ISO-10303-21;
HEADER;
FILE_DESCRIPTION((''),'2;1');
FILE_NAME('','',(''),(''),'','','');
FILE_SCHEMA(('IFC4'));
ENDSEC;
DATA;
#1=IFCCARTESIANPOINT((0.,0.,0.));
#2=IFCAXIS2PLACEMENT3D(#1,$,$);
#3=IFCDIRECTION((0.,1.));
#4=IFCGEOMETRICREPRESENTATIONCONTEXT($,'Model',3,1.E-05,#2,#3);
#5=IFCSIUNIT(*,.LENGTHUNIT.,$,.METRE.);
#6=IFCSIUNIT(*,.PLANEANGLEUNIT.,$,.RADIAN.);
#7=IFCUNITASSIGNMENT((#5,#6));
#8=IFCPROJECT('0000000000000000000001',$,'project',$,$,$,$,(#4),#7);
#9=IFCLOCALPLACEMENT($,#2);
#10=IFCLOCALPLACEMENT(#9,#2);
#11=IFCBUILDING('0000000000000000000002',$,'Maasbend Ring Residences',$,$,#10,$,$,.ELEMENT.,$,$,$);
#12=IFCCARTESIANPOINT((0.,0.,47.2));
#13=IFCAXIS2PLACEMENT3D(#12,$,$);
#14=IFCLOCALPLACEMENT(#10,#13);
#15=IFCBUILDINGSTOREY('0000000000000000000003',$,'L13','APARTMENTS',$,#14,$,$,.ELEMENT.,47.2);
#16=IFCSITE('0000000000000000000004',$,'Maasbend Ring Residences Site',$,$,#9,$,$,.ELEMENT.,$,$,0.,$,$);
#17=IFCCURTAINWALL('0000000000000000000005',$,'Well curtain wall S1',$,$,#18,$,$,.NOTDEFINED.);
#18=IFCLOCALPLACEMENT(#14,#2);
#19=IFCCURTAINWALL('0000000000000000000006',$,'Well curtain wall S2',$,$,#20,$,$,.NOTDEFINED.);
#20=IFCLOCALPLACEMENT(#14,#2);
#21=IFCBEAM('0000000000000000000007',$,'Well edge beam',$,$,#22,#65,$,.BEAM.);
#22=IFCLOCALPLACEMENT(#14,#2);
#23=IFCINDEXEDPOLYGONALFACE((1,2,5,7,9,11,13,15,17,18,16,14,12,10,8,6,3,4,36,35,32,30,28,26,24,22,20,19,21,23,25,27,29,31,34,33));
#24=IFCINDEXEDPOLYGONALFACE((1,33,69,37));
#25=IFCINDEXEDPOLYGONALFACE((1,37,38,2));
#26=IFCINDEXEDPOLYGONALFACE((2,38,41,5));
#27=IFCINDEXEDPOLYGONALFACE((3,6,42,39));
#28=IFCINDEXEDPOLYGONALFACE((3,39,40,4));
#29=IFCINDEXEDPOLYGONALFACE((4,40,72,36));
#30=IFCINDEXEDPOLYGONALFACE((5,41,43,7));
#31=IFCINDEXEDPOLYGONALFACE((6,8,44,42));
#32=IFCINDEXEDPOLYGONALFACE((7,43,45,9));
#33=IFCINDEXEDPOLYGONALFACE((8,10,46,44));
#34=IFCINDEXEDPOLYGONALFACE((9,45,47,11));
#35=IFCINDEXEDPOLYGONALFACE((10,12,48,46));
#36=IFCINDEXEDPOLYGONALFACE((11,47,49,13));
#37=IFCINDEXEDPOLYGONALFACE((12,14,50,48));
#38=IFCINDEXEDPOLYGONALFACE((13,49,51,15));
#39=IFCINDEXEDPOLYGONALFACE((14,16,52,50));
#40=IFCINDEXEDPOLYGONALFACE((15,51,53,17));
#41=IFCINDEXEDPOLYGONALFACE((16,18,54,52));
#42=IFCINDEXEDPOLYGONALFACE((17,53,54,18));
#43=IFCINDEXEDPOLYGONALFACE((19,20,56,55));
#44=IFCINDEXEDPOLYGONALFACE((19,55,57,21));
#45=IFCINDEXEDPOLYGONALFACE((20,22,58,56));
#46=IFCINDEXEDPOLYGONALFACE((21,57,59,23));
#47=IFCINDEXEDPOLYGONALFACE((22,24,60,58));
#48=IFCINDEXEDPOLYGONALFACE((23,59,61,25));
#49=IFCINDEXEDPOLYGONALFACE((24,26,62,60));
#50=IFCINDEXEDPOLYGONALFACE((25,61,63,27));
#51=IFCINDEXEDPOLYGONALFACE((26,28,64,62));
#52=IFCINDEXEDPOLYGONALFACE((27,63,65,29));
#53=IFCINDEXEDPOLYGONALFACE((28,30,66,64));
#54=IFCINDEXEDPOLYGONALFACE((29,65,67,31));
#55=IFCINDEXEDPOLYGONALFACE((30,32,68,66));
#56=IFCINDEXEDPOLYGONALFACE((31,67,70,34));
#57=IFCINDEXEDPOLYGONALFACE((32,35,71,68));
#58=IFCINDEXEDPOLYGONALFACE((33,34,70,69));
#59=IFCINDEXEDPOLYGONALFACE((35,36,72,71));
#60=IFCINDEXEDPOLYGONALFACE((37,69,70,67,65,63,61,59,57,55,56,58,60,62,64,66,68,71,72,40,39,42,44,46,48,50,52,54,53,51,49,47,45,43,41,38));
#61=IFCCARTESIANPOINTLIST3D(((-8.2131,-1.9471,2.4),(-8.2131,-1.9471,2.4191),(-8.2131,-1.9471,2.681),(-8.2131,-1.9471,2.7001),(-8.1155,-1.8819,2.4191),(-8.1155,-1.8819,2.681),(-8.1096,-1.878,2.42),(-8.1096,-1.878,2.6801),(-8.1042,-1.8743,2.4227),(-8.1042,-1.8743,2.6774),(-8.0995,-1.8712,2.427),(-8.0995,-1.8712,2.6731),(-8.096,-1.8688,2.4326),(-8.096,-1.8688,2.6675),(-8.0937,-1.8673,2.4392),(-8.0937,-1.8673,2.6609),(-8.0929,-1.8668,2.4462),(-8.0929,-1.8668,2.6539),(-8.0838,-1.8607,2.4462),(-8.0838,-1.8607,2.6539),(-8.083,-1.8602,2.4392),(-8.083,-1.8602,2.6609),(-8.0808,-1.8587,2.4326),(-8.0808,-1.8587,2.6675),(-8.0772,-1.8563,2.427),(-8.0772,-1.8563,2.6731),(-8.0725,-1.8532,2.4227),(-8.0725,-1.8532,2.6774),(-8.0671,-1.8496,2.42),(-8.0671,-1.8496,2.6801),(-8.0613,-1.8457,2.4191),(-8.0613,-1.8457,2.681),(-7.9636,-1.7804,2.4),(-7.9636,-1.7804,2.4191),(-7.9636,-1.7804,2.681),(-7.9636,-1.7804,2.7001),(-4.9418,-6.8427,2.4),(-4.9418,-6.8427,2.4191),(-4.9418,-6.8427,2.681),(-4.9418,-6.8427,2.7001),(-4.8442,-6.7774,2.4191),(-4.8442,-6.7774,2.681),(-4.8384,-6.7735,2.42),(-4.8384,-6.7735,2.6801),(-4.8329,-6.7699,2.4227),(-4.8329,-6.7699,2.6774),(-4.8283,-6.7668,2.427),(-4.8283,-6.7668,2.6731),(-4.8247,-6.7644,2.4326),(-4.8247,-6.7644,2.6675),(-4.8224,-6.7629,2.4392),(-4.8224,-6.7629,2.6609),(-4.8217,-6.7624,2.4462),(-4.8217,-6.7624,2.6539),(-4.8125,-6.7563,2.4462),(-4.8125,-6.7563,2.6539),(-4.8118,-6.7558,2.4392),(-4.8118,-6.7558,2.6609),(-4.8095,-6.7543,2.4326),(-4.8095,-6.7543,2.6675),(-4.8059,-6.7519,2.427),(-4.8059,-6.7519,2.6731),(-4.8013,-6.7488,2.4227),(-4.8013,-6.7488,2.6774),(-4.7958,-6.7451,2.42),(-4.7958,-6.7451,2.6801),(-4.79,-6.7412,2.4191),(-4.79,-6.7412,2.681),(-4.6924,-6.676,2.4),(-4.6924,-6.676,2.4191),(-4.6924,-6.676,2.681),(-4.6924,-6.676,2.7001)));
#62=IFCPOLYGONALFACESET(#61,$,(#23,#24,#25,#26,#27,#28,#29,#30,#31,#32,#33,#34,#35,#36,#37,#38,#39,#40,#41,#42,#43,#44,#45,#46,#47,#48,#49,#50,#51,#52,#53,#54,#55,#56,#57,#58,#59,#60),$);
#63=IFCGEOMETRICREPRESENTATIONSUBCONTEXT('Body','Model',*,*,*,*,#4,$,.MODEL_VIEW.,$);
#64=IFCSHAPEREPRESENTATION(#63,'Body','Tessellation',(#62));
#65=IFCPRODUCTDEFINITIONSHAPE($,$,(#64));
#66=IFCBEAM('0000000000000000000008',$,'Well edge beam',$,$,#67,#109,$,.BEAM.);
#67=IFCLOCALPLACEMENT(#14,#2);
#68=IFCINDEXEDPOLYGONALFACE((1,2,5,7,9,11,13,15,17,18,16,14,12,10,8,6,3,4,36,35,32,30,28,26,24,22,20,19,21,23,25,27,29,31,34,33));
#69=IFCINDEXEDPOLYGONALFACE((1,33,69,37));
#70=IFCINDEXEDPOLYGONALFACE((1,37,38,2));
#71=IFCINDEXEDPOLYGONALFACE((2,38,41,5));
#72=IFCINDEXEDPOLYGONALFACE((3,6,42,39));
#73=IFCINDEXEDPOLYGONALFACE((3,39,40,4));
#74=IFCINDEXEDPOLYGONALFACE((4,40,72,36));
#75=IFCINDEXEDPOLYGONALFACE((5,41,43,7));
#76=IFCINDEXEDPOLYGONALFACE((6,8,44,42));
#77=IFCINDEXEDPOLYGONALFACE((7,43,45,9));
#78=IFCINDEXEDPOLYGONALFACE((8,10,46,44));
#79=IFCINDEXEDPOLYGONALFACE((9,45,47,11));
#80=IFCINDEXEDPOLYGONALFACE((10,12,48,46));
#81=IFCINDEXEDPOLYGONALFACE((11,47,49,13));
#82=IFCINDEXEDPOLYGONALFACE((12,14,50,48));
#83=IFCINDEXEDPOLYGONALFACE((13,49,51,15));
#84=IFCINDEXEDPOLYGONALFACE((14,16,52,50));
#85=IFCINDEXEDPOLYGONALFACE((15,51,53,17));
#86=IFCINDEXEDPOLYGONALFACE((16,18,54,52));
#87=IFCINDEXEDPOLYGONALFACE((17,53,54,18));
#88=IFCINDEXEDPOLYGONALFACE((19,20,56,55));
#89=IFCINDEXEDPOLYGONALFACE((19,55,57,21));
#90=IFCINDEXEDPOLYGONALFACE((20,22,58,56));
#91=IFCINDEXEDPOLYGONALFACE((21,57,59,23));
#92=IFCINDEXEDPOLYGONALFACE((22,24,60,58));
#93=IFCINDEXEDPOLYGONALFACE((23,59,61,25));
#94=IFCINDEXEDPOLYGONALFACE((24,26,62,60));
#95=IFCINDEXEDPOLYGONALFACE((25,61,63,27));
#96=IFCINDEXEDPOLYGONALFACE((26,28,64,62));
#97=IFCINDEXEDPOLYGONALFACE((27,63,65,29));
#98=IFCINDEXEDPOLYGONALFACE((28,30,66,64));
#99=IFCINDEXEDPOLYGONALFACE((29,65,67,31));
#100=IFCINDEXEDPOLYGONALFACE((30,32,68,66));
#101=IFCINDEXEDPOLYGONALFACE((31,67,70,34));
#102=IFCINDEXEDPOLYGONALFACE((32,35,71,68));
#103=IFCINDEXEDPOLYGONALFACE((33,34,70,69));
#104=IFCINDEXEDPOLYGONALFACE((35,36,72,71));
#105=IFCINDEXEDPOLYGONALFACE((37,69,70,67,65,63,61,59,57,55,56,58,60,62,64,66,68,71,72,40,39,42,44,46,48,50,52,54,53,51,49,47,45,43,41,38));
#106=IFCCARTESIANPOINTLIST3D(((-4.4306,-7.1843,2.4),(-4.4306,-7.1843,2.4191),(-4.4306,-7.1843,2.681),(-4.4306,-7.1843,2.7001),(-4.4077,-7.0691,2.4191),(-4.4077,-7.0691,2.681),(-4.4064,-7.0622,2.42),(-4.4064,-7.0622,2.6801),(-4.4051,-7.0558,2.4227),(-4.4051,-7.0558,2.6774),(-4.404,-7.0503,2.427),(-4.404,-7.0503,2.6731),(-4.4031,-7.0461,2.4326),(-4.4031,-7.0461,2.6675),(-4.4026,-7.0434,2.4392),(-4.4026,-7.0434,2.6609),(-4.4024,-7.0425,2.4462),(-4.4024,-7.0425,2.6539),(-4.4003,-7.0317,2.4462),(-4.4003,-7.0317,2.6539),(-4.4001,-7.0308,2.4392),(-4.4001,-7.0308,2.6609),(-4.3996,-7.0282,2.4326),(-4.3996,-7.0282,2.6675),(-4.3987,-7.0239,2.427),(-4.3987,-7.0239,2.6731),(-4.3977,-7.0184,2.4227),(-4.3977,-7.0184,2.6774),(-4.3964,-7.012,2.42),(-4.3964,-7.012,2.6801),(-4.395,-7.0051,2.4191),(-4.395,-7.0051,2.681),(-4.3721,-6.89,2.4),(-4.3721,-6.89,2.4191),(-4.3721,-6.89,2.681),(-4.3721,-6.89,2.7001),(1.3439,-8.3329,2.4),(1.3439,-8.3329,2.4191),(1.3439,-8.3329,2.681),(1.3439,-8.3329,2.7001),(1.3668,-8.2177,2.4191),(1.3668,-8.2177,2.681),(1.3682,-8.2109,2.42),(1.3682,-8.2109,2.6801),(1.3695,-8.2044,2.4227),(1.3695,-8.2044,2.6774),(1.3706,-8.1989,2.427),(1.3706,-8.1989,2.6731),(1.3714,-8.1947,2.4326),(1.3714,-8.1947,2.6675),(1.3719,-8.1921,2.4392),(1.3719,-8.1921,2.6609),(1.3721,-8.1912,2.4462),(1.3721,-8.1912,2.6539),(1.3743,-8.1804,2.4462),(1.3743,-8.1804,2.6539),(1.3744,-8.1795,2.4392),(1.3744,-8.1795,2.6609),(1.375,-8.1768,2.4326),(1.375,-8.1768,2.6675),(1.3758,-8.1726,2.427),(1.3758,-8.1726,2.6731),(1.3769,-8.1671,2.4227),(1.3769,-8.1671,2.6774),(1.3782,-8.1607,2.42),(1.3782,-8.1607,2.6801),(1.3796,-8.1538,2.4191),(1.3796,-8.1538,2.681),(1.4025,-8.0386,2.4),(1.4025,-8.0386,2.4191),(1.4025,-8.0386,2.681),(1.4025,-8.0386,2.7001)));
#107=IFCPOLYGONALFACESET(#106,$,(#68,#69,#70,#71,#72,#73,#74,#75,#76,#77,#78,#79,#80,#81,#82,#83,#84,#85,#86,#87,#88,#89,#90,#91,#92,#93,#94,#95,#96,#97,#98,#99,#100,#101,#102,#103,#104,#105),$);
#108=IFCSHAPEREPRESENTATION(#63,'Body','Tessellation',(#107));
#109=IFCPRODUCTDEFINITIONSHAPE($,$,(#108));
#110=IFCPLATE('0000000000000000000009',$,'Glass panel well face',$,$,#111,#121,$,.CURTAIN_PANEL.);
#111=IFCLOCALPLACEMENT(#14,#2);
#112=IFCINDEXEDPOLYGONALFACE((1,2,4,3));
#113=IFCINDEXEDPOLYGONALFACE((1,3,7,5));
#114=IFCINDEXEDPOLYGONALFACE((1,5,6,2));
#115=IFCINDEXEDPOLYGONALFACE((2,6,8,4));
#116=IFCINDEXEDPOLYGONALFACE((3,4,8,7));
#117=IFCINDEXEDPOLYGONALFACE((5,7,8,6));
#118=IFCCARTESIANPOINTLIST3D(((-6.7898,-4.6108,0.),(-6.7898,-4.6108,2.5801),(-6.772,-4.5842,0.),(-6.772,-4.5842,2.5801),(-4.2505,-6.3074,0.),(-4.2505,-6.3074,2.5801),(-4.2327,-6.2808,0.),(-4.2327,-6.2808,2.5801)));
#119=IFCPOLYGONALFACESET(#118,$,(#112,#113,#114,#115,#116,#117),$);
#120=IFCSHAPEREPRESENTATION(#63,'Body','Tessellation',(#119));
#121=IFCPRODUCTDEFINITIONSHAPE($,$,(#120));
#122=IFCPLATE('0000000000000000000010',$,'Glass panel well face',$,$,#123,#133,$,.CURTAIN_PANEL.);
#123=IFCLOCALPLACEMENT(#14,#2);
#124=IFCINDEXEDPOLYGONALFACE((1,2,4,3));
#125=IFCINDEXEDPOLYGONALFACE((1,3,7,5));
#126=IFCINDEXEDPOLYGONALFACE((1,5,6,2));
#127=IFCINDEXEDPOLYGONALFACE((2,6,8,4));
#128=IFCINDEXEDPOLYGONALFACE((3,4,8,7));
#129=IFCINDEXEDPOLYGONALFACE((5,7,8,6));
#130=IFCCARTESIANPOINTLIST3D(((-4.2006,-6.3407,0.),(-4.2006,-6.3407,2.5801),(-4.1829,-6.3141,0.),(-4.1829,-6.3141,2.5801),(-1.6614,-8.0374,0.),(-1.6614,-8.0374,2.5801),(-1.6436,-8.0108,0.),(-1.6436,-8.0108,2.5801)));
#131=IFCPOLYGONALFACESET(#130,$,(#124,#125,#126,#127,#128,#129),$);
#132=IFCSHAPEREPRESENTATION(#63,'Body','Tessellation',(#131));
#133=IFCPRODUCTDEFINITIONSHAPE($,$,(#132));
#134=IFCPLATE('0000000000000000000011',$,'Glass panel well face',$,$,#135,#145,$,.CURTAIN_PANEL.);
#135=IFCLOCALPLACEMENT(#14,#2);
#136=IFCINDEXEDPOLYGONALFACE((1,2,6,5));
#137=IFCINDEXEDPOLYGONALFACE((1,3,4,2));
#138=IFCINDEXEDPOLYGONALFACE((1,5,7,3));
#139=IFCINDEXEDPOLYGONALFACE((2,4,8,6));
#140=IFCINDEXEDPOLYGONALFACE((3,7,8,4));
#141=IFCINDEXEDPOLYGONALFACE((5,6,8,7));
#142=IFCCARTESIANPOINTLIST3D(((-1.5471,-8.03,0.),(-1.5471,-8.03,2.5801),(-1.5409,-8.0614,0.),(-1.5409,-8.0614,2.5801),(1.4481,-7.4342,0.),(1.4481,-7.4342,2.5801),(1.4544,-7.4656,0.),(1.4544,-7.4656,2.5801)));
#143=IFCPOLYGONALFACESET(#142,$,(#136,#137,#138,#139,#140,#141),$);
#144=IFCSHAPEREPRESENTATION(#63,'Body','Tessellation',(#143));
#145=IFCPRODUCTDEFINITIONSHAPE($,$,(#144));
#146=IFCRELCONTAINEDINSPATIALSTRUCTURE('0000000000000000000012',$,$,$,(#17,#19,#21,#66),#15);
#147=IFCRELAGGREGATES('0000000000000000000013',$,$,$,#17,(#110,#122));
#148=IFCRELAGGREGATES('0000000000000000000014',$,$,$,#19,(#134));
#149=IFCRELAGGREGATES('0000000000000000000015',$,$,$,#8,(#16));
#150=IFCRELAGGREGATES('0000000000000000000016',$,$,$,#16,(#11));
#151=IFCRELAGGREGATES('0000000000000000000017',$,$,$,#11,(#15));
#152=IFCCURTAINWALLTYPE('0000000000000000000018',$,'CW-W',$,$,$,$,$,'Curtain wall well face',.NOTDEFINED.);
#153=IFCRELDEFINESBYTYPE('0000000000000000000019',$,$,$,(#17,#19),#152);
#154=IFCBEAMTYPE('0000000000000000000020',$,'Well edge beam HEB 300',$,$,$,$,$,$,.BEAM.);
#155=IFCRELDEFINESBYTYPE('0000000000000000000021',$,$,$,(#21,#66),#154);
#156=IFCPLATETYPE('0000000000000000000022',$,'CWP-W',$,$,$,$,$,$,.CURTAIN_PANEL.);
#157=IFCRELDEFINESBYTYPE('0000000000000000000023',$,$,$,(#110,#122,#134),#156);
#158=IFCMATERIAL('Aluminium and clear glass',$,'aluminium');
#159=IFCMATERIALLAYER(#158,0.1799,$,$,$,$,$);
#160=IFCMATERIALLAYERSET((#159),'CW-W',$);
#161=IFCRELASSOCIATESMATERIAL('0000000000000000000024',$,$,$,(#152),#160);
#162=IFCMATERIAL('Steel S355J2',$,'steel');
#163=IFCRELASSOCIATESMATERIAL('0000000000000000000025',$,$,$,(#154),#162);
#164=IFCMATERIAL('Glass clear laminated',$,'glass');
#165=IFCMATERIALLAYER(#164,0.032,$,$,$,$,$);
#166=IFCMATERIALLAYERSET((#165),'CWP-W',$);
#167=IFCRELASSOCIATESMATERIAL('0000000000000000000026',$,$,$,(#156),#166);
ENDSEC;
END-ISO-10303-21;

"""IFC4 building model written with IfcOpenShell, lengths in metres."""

from ifc_helpers import new_model, si_unit, direction, frame, origin, origin_2d, place, context, subcontext, project, spatial, rectangle, i_section, extrude, material, layer, layer_set, material_profile, profile_set, type_object, element, aggregate, save


model = new_model("IFC4")

# Units and contexts
model_context = context("Model", 3, precision=1e-05, world=origin(), true_north=direction((0.0, 1.0)))
body_context = subcontext(model_context, "Body", "Model", "MODEL_VIEW")
ifc_project = project(units=[si_unit("LENGTHUNIT", "METRE"), si_unit("PLANEANGLEUNIT", "RADIAN")], contexts=[model_context])

# Site, building, storey
site_placement = place(None, origin())
site = spatial("IfcSite", under=ifc_project, at=site_placement, Name="Maasbend Ring Residences Site", CompositionType="ELEMENT", RefElevation=0.0)
building_placement = place(site_placement, origin())
building = spatial("IfcBuilding", under=site, at=building_placement, Name="Maasbend Ring Residences", CompositionType="ELEMENT")
storey_placement = place(building_placement, frame((0.0, 0.0, 47.2)))
storey = spatial("IfcBuildingStorey", under=building, at=storey_placement, Name="L13", Description="APARTMENTS", CompositionType="ELEMENT", Elevation=47.2)

# Curtain wall
ifc_material_1 = material(Name="Aluminium and clear glass", Category="aluminium")
ifc_layer_1 = layer(ifc_material_1, 0.1799)
ifc_layer_set_1 = layer_set([ifc_layer_1], Name="CW-W")
curtain_wall_type = type_object("IfcCurtainWallType", Name="CW-W", ElementType="Curtain wall well face", PredefinedType="NOTDEFINED", material=ifc_layer_set_1)
curtain_wall_1_placement = place(storey_placement, origin())
curtain_wall_1 = element("IfcCurtainWall", 1, at=curtain_wall_1_placement, inside=storey, type_object=curtain_wall_type, Name="Well curtain wall S1", PredefinedType="NOTDEFINED")

# Curtain wall
curtain_wall_2_placement = place(storey_placement, origin())
curtain_wall_2 = element("IfcCurtainWall", 2, at=curtain_wall_2_placement, inside=storey, type_object=curtain_wall_type, Name="Well curtain wall S2", PredefinedType="NOTDEFINED")

# Beams
ifc_material_2 = material(Name="Steel S355J2", Category="steel")
ifc_material_profile_1 = material_profile(ifc_material_2, i_section(OverallWidth=0.3, OverallDepth=0.3, WebThickness=0.011, FlangeThickness=0.019, FilletRadius=0.0271, at=origin_2d()), Name="HEB 300")
ifc_profile_set_1 = profile_set([ifc_material_profile_1], Name="Steel S355J2")
beam_type = type_object("IfcBeamType", Name="Well edge beam HEB 300", PredefinedType="BEAM", material=ifc_profile_set_1)
beam_1_placement = place(storey_placement, frame((-8.0884, -1.8638, 2.55), z_axis=(0.55559, -0.831457, 0.0), x_axis=(0.831457, 0.55559, 0.0)))
element("IfcBeam", 3, at=beam_1_placement, inside=storey, type_object=beam_type, Name="Well edge beam", PredefinedType="BEAM", context=body_context, shape_type="SweptSolid", body=[
    extrude(i_section(OverallWidth=0.3, OverallDepth=0.3, WebThickness=0.011, FlangeThickness=0.019, FilletRadius=0.0271, at=origin_2d()), origin(), (0.0, 0.0, 1.0), 5.8879),
])
beam_2_placement = place(storey_placement, frame((-4.4014, -7.0371, 2.55), z_axis=(0.980784, -0.195095, 0.0), x_axis=(0.195095, 0.980784, 0.0)))
element("IfcBeam", 4, at=beam_2_placement, inside=storey, type_object=beam_type, Name="Well edge beam", PredefinedType="BEAM", context=body_context, shape_type="SweptSolid", body=[
    extrude(i_section(OverallWidth=0.3, OverallDepth=0.3, WebThickness=0.011, FlangeThickness=0.019, FilletRadius=0.0271, at=origin_2d()), origin(), (0.0, 0.0, 1.0), 5.8877),
])

# Plates
ifc_material_3 = material(Name="Glass clear laminated", Category="glass")
ifc_layer_2 = layer(ifc_material_3, 0.032)
ifc_layer_set_2 = layer_set([ifc_layer_2], Name="CWP-W")
plate_type = type_object("IfcPlateType", Name="CWP-W", PredefinedType="CURTAIN_PANEL", material=ifc_layer_set_2)
plate_1_placement = place(storey_placement, frame((-5.5112, -5.4458, 0.0), z_axis=(0.0, 0.0, 1.0), x_axis=(0.83147, -0.55557, 0.0)))
plate_1 = element("IfcPlate", 5, at=plate_1_placement, type_object=plate_type, Name="Glass panel well face", PredefinedType="CURTAIN_PANEL", context=body_context, shape_type="SweptSolid", body=[
    extrude(rectangle(XDim=3.054, YDim=0.032, at=origin_2d()), origin(), (0.0, 0.0, 1.0), 2.5801),
])
plate_2_placement = place(storey_placement, frame((-2.9221, -7.1758, 0.0), z_axis=(0.0, 0.0, 1.0), x_axis=(0.83147, -0.55557, 0.0)))
plate_2 = element("IfcPlate", 6, at=plate_2_placement, type_object=plate_type, Name="Glass panel well face", PredefinedType="CURTAIN_PANEL", context=body_context, shape_type="SweptSolid", body=[
    extrude(rectangle(XDim=3.054, YDim=0.032, at=origin_2d()), origin(), (0.0, 0.0, 1.0), 2.5801),
])
aggregate(curtain_wall_1, [plate_1, plate_2])
plate_3_placement = place(storey_placement, frame((-0.0464, -7.7478, 0.0), z_axis=(0.0, 0.0, 1.0), x_axis=(0.980785, 0.19509, 0.0)))
plate_3 = element("IfcPlate", 7, at=plate_3_placement, type_object=plate_type, Name="Glass panel well face", PredefinedType="CURTAIN_PANEL", context=body_context, shape_type="SweptSolid", body=[
    extrude(rectangle(XDim=3.054, YDim=0.032, at=origin_2d()), origin(), (0.0, 0.0, 1.0), 2.5801),
])
aggregate(curtain_wall_2, [plate_3])

save(model, "model.ifc")
